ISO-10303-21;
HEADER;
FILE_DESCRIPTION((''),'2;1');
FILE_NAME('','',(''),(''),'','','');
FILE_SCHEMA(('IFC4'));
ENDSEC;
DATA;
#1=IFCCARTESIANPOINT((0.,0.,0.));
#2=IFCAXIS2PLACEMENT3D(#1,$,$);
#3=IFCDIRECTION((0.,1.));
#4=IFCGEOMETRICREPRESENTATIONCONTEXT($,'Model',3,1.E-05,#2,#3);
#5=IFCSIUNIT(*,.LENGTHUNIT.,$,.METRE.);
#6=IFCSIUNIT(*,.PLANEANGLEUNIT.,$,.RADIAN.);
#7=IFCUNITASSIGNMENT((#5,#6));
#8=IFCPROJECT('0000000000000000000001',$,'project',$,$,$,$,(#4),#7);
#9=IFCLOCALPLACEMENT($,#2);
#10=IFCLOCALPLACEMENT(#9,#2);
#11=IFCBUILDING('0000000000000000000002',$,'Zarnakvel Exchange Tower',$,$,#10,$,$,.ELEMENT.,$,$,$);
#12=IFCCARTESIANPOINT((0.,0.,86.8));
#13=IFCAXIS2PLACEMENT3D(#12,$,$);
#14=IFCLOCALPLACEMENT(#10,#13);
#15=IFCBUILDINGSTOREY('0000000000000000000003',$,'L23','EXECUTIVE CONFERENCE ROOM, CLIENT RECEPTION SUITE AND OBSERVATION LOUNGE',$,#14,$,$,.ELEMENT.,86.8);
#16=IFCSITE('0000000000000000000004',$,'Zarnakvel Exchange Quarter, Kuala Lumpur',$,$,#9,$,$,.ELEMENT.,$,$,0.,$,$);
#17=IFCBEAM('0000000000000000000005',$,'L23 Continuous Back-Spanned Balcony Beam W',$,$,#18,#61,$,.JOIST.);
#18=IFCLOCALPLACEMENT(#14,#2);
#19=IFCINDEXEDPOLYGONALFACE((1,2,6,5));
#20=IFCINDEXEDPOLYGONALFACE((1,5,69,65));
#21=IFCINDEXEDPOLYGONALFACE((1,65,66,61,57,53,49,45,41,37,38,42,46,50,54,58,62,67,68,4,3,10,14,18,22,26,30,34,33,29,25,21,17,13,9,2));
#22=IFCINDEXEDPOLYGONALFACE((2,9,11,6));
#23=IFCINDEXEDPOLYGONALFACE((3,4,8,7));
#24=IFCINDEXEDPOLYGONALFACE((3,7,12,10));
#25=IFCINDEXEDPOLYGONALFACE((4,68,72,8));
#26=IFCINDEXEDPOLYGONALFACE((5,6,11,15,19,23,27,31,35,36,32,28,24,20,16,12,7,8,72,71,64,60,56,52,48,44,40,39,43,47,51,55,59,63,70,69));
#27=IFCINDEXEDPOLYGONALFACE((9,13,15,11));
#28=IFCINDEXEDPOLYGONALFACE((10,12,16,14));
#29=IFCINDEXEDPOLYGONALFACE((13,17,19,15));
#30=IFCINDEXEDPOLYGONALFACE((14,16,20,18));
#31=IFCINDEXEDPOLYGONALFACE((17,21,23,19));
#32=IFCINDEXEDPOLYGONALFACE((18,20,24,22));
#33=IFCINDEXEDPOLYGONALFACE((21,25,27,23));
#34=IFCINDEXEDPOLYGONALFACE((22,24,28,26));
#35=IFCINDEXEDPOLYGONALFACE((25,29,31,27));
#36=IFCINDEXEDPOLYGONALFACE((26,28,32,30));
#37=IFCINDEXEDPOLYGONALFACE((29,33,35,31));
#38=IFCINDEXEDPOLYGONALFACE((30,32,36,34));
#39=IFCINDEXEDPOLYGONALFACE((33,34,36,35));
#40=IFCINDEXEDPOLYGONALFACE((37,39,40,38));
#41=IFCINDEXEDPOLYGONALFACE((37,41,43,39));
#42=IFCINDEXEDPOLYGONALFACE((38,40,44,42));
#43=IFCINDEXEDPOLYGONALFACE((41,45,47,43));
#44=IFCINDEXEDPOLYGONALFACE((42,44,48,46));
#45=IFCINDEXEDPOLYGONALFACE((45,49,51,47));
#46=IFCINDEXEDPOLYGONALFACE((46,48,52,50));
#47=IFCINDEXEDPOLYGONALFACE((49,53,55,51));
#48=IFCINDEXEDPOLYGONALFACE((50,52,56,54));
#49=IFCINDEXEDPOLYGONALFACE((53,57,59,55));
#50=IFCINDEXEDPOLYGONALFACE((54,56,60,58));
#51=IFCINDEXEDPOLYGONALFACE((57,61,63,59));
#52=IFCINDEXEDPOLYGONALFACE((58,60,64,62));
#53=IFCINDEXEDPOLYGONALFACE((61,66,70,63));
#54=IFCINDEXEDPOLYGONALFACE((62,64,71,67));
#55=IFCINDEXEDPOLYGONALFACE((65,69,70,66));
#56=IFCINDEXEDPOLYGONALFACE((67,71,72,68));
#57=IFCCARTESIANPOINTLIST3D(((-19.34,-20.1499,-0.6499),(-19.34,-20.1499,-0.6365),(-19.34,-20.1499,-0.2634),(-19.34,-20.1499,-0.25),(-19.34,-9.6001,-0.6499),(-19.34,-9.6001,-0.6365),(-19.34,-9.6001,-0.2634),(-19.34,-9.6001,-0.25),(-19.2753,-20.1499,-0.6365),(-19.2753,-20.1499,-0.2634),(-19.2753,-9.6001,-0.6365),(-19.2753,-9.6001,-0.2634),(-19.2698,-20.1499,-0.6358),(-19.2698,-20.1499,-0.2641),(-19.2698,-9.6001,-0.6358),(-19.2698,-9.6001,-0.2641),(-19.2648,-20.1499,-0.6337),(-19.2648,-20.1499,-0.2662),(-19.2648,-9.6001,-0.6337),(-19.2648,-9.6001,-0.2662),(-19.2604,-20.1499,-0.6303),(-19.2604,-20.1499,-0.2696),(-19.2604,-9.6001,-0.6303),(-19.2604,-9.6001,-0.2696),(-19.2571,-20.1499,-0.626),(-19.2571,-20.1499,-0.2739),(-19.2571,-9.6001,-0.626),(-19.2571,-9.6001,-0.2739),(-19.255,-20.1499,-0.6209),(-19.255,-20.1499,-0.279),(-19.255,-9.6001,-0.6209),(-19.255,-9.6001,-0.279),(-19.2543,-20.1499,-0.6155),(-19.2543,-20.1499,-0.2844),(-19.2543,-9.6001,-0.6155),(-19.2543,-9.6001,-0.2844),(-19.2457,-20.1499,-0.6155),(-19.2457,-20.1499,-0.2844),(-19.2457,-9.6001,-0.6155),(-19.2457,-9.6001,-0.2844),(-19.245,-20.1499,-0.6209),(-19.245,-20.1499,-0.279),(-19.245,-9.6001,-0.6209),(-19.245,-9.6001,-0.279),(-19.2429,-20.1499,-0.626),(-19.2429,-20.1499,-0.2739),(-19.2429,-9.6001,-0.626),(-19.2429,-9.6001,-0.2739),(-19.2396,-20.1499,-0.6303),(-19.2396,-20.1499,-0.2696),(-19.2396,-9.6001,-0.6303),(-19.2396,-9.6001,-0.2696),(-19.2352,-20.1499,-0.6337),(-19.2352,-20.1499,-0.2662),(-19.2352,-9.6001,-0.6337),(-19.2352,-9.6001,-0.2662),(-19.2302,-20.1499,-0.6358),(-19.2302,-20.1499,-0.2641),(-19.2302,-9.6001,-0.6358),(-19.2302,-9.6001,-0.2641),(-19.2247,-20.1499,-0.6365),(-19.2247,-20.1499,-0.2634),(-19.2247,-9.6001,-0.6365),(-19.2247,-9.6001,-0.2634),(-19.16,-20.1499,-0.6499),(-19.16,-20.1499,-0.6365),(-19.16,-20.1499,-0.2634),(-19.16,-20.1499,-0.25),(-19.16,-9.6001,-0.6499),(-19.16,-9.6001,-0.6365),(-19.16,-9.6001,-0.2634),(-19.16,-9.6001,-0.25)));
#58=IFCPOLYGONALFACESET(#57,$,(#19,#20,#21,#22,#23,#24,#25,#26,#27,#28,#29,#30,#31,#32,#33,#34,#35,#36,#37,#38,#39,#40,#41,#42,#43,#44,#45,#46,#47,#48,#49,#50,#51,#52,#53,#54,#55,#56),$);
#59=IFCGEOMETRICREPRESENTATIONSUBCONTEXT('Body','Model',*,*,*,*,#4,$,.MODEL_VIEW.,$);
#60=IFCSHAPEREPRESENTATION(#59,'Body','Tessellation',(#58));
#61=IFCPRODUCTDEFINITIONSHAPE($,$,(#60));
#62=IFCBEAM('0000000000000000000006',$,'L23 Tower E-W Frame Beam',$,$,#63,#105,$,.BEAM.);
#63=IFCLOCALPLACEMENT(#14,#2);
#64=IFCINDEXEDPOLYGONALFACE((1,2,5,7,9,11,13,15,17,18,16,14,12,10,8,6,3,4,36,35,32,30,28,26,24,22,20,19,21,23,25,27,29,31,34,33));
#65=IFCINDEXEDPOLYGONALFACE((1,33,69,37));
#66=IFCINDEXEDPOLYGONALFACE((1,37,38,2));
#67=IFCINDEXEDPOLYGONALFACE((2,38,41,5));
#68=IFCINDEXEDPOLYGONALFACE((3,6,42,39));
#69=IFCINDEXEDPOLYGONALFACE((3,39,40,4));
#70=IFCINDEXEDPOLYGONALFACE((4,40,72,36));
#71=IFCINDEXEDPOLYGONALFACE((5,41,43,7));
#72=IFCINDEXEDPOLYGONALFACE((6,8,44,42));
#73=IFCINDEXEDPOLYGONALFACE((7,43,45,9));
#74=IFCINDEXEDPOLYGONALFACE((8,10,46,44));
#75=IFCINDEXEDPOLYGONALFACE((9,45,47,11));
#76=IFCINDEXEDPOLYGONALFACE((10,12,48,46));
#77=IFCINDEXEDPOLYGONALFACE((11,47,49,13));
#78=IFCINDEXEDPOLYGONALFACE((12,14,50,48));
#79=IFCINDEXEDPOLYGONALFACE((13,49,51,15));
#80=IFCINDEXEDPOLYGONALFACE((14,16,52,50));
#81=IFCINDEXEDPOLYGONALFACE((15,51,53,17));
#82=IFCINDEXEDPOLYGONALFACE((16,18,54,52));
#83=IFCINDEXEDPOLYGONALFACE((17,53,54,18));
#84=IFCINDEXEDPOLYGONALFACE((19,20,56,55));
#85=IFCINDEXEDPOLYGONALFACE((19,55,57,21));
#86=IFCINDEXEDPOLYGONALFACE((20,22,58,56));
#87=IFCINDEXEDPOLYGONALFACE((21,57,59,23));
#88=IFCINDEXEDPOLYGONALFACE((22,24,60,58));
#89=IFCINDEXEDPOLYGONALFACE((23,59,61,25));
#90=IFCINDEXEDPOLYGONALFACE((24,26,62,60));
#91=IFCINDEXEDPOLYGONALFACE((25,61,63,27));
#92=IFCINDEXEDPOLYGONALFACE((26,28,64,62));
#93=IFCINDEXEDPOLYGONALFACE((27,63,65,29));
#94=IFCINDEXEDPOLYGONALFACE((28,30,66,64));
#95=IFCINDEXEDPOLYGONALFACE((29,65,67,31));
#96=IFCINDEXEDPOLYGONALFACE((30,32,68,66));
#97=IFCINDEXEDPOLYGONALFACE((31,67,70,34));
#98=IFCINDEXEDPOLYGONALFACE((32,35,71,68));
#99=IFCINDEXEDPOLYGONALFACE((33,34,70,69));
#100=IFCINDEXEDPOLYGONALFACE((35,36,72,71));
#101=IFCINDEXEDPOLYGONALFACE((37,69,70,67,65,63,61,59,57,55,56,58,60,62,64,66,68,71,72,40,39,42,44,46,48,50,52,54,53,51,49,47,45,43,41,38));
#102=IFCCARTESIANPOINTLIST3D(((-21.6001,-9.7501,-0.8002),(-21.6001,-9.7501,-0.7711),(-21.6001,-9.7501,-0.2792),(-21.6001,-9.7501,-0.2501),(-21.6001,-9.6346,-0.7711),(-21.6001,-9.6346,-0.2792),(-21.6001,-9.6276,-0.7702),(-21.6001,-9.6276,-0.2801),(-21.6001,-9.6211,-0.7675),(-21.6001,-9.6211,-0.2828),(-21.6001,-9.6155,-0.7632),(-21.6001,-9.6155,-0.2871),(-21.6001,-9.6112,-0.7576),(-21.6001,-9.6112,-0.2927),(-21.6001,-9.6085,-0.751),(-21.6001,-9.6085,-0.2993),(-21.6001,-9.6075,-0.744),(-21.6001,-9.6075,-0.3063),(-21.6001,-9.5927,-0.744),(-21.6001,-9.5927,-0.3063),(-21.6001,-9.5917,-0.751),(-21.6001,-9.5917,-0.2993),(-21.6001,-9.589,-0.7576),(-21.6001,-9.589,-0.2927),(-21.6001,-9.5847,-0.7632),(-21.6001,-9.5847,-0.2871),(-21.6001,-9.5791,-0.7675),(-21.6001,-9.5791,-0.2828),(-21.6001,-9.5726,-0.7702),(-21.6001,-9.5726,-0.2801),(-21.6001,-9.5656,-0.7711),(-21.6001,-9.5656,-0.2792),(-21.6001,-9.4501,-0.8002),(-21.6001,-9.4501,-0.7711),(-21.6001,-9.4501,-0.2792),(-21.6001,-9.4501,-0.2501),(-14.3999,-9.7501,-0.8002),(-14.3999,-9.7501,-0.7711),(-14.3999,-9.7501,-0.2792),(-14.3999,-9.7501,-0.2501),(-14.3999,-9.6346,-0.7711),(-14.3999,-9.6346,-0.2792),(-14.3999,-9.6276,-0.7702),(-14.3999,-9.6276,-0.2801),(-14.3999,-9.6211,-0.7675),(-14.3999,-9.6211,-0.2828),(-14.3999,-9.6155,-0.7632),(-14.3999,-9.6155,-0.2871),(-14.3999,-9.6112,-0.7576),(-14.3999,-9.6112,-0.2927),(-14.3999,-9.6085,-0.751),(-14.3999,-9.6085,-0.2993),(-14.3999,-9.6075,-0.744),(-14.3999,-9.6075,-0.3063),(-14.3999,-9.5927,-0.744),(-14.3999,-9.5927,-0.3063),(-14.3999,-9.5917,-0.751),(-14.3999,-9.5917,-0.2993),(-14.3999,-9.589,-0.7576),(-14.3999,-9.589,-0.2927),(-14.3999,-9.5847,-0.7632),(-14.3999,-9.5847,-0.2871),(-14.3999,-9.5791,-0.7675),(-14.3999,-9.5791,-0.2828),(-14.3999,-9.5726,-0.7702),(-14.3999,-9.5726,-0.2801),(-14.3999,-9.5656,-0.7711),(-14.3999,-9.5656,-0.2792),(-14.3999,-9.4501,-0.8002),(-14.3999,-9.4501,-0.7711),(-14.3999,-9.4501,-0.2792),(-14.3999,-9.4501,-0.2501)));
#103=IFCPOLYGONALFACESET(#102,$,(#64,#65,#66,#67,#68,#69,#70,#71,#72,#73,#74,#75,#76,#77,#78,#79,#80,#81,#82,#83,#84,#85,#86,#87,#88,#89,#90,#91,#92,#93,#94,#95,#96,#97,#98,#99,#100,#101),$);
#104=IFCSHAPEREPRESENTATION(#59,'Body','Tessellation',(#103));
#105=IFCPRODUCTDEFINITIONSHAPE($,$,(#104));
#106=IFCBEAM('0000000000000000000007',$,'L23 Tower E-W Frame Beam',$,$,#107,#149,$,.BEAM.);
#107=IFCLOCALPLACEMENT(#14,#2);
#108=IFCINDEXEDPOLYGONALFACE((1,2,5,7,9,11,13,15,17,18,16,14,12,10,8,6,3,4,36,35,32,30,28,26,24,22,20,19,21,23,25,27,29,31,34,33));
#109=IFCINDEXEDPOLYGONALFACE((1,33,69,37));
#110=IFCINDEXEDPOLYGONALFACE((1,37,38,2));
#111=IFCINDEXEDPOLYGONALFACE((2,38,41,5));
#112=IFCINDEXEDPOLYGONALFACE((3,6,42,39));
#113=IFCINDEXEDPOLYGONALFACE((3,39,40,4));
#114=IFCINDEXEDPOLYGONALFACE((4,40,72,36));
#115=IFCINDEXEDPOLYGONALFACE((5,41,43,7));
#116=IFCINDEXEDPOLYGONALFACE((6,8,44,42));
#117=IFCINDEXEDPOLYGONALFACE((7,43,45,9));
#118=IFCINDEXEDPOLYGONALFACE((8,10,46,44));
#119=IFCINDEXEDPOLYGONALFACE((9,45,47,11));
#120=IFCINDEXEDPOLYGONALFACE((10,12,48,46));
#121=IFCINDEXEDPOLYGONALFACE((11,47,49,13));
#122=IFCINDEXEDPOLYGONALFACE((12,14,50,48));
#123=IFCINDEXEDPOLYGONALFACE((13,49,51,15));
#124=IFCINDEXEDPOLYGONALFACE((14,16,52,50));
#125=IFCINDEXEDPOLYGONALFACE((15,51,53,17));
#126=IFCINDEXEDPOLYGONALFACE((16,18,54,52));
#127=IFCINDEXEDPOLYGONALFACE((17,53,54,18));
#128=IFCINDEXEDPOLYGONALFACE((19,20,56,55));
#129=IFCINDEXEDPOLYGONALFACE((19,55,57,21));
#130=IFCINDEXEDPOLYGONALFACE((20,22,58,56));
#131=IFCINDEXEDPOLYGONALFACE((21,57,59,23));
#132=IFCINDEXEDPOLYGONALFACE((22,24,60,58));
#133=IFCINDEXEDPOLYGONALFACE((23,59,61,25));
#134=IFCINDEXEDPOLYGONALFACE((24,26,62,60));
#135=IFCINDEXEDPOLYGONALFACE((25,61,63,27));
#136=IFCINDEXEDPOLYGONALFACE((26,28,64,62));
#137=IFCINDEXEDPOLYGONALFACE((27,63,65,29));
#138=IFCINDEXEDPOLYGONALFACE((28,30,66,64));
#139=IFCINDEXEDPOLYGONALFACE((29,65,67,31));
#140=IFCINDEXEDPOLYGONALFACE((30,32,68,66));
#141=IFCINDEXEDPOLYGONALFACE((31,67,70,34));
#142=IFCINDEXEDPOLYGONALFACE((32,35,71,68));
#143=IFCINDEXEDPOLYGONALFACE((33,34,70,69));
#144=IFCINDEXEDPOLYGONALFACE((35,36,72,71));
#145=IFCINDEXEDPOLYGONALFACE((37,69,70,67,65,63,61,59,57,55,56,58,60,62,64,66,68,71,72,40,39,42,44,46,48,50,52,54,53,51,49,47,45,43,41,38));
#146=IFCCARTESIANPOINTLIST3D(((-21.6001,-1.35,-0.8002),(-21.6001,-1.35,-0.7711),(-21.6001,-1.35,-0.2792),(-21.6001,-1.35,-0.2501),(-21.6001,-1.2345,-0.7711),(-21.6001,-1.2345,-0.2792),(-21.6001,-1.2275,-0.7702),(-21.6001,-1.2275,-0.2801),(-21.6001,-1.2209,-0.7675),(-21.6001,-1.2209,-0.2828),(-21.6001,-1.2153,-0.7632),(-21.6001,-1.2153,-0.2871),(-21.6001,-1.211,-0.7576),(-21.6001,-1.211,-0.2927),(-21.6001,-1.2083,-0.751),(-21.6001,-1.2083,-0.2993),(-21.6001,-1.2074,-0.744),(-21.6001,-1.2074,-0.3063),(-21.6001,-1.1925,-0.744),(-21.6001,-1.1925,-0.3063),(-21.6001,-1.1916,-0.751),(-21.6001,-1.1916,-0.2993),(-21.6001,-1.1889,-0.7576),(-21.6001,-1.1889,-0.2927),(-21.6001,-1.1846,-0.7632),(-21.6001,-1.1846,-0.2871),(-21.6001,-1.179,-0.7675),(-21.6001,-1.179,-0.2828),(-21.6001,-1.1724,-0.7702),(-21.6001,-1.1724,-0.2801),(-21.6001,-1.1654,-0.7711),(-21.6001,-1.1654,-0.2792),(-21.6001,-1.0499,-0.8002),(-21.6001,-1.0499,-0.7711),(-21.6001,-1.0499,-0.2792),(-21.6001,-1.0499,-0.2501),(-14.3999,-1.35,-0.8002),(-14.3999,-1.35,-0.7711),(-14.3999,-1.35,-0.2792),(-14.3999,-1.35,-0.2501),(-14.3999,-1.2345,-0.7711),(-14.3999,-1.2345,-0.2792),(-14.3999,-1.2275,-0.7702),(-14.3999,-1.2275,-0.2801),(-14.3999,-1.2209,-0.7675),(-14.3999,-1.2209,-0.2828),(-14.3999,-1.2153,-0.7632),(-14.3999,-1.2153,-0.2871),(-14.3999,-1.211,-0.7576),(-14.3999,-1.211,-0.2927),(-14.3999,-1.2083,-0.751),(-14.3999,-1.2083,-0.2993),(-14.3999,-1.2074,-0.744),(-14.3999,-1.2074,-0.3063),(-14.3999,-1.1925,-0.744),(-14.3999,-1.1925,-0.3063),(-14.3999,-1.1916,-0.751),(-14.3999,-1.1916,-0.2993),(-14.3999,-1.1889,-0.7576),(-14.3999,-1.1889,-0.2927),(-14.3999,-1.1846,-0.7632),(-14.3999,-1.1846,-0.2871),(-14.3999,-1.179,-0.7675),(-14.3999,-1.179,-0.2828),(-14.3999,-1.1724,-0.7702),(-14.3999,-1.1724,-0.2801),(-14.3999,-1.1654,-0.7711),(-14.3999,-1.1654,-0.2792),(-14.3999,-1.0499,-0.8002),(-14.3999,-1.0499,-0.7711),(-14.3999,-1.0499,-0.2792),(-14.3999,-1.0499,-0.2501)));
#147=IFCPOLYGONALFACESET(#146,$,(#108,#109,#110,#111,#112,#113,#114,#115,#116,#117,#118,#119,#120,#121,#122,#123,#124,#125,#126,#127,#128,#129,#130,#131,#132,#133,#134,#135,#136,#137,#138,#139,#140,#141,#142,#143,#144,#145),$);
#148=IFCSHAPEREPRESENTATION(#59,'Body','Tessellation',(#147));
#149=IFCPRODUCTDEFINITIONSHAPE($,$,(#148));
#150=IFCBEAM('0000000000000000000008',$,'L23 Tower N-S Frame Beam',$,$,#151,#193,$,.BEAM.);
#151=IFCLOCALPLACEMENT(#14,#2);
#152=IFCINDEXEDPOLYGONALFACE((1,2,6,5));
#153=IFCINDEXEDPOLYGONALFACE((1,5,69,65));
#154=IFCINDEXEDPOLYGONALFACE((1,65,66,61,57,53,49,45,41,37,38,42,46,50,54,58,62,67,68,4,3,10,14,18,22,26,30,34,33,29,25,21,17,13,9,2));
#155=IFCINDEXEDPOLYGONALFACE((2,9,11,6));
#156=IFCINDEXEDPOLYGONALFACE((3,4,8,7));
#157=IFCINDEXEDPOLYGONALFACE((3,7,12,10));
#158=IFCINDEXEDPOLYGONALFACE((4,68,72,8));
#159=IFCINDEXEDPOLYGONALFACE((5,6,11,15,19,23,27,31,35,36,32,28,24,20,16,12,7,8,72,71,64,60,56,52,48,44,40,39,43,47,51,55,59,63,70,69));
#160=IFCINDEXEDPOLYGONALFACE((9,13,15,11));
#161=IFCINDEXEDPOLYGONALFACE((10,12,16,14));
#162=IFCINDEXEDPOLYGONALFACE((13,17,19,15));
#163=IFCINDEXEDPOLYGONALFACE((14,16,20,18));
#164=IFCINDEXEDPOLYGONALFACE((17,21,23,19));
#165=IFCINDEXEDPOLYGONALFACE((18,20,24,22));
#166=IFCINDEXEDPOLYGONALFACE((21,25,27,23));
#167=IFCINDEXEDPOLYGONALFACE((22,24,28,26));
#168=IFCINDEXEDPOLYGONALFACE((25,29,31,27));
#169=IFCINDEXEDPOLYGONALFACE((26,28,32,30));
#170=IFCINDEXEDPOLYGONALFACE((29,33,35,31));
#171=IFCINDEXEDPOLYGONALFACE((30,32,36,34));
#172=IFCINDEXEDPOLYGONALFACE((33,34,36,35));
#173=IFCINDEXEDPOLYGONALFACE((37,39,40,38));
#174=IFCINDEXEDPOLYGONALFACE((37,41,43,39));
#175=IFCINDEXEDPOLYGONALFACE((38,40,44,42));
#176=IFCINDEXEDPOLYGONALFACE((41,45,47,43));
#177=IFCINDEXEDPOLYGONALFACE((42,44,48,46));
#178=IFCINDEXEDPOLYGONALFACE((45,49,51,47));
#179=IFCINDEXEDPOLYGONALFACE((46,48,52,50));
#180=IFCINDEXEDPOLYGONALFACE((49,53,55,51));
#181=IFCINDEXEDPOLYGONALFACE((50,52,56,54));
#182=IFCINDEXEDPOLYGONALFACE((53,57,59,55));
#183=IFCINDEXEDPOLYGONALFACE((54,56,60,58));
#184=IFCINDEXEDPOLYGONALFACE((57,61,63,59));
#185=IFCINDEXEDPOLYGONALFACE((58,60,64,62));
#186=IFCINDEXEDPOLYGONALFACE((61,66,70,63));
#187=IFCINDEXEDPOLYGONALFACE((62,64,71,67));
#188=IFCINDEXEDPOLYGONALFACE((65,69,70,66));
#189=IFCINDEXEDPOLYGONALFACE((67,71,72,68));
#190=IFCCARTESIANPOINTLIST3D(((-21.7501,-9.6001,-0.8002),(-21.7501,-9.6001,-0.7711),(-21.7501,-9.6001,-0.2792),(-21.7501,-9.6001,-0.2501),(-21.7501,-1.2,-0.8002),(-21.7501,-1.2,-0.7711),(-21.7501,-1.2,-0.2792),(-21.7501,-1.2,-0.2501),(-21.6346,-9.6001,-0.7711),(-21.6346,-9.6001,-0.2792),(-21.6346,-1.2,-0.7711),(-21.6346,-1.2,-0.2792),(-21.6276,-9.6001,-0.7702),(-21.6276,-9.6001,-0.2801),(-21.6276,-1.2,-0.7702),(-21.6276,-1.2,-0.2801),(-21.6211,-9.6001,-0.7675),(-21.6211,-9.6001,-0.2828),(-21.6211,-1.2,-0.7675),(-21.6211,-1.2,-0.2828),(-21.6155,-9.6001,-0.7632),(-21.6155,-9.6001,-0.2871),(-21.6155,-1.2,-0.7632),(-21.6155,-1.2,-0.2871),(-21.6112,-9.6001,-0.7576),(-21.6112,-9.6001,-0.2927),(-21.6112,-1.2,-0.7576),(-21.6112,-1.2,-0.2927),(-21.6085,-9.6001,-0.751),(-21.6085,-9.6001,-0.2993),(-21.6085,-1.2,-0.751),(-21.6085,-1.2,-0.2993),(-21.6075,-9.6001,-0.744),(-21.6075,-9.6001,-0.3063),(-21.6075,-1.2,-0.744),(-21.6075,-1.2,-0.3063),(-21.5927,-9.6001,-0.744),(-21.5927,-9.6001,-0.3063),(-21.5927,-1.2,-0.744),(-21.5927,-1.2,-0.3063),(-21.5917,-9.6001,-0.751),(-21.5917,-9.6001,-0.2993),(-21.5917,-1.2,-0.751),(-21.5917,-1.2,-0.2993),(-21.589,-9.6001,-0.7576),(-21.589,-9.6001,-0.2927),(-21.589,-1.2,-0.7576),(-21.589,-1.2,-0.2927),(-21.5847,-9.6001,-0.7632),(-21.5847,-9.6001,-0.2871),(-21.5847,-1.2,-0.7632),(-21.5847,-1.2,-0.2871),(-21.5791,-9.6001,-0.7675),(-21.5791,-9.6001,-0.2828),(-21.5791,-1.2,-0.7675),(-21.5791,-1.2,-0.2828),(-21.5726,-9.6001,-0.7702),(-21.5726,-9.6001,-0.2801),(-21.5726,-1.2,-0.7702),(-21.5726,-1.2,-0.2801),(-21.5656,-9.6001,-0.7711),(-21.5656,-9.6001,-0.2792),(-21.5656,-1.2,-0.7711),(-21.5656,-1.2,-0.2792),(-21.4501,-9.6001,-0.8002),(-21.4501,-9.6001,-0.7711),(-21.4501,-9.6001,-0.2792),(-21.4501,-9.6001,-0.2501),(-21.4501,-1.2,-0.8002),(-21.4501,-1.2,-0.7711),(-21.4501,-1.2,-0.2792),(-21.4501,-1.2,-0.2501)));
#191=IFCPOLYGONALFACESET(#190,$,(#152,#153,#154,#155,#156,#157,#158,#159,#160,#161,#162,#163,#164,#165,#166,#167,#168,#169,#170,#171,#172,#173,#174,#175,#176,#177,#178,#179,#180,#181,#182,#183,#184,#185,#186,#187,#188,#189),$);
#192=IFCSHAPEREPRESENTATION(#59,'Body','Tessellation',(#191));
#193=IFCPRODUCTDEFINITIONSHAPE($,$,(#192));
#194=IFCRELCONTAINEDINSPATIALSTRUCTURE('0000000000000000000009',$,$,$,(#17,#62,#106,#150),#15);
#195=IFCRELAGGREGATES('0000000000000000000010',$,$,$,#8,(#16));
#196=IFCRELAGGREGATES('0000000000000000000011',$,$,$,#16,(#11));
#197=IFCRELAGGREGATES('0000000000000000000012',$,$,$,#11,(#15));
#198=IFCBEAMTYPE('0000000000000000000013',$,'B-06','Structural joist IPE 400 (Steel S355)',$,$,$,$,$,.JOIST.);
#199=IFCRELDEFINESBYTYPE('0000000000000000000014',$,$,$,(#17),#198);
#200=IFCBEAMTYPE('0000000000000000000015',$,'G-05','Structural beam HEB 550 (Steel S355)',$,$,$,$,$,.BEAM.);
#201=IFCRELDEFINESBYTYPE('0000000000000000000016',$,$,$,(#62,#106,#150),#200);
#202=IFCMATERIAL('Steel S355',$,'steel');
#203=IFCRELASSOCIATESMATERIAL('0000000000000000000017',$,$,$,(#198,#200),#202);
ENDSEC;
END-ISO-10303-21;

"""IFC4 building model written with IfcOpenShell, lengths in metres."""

from ifc_helpers import new_model, si_unit, direction, frame, origin, origin_2d, place, context, subcontext, project, spatial, i_section, extrude, material, material_profile, profile_set, type_object, element, save


model = new_model("IFC4")

# Units and contexts
model_context = context("Model", 3, precision=1e-05, world=origin(), true_north=direction((0.0, 1.0)))
body_context = subcontext(model_context, "Body", "Model", "MODEL_VIEW")
ifc_project = project(units=[si_unit("LENGTHUNIT", "METRE"), si_unit("PLANEANGLEUNIT", "RADIAN")], contexts=[model_context])

# Site, building, storey
site_placement = place(None, origin())
site = spatial("IfcSite", under=ifc_project, at=site_placement, Name="Zarnakvel Exchange Quarter, Kuala Lumpur", CompositionType="ELEMENT", RefElevation=0.0)
building_placement = place(site_placement, origin())
building = spatial("IfcBuilding", under=site, at=building_placement, Name="Zarnakvel Exchange Tower", CompositionType="ELEMENT")
storey_placement = place(building_placement, frame((0.0, 0.0, 86.8)))
storey = spatial("IfcBuildingStorey", under=building, at=storey_placement, Name="L23", Description="EXECUTIVE CONFERENCE ROOM, CLIENT RECEPTION SUITE AND OBSERVATION LOUNGE", CompositionType="ELEMENT", Elevation=86.8)

# Shared definitions
ifc_material_1 = material(Name="Steel S355", Category="steel")

# Beams
ifc_material_profile_1 = material_profile(ifc_material_1, i_section(OverallWidth=0.1799, OverallDepth=0.3999, WebThickness=0.0085, FlangeThickness=0.0134, FilletRadius=0.021, at=origin_2d()))
ifc_profile_set_1 = profile_set([ifc_material_profile_1], Name="Steel S355")
beam_type_1 = type_object("IfcBeamType", Name="B-06", Description="Structural joist IPE 400 (Steel S355)", PredefinedType="JOIST", material=ifc_profile_set_1)
beam_1_placement = place(storey_placement, frame((-19.25, -9.6001, -0.45), z_axis=(0.0, -1.0, 0.0), x_axis=(1.0, 0.0, 0.0)))
element("IfcBeam", 1, at=beam_1_placement, inside=storey, type_object=beam_type_1, Name="L23 Continuous Back-Spanned Balcony Beam W", PredefinedType="JOIST", context=body_context, shape_type="SweptSolid", body=[
    extrude(i_section(OverallWidth=0.1799, OverallDepth=0.3999, WebThickness=0.0085, FlangeThickness=0.0134, FilletRadius=0.021, at=origin_2d()), origin(), (0.0, 0.0, 1.0), 10.5498),
])
ifc_material_profile_2 = material_profile(ifc_material_1, i_section(OverallWidth=0.3, OverallDepth=0.55, WebThickness=0.0149, FlangeThickness=0.0291, FilletRadius=0.0271, at=origin_2d()))
ifc_profile_set_2 = profile_set([ifc_material_profile_2], Name="Steel S355")
beam_type_2 = type_object("IfcBeamType", Name="G-05", Description="Structural beam HEB 550 (Steel S355)", PredefinedType="BEAM", material=ifc_profile_set_2)
for number, where, z_axis, x_axis, name in (
    (2, (-21.6001, -9.6001, -0.5251), (1.0, 0.0, 0.0), (0.0, 1.0, 0.0), "L23 Tower E-W Frame Beam"),
    (3, (-21.6001, -1.2, -0.5251), (1.0, 0.0, 0.0), (0.0, 1.0, 0.0), "L23 Tower E-W Frame Beam"),
):
    element("IfcBeam", number, at=place(storey_placement, frame(where, z_axis=z_axis, x_axis=x_axis)), inside=storey, type_object=beam_type_2, Name=name, PredefinedType="BEAM", context=body_context, shape_type="SweptSolid", body=[
        extrude(i_section(OverallWidth=0.3, OverallDepth=0.55, WebThickness=0.0149, FlangeThickness=0.0291, FilletRadius=0.0271, at=origin_2d()), origin(), (0.0, 0.0, 1.0), 7.2002),
    ])
beam_2_placement = place(storey_placement, frame((-21.6001, -9.6001, -0.5251), z_axis=(0.0, 1.0, 0.0), x_axis=(-1.0, 0.0, 0.0)))
element("IfcBeam", 4, at=beam_2_placement, inside=storey, type_object=beam_type_2, Name="L23 Tower N-S Frame Beam", PredefinedType="BEAM", context=body_context, shape_type="SweptSolid", body=[
    extrude(i_section(OverallWidth=0.3, OverallDepth=0.55, WebThickness=0.0149, FlangeThickness=0.0291, FilletRadius=0.0271, at=origin_2d()), origin(), (0.0, 0.0, 1.0), 8.4001),
])

save(model, "model.ifc")
